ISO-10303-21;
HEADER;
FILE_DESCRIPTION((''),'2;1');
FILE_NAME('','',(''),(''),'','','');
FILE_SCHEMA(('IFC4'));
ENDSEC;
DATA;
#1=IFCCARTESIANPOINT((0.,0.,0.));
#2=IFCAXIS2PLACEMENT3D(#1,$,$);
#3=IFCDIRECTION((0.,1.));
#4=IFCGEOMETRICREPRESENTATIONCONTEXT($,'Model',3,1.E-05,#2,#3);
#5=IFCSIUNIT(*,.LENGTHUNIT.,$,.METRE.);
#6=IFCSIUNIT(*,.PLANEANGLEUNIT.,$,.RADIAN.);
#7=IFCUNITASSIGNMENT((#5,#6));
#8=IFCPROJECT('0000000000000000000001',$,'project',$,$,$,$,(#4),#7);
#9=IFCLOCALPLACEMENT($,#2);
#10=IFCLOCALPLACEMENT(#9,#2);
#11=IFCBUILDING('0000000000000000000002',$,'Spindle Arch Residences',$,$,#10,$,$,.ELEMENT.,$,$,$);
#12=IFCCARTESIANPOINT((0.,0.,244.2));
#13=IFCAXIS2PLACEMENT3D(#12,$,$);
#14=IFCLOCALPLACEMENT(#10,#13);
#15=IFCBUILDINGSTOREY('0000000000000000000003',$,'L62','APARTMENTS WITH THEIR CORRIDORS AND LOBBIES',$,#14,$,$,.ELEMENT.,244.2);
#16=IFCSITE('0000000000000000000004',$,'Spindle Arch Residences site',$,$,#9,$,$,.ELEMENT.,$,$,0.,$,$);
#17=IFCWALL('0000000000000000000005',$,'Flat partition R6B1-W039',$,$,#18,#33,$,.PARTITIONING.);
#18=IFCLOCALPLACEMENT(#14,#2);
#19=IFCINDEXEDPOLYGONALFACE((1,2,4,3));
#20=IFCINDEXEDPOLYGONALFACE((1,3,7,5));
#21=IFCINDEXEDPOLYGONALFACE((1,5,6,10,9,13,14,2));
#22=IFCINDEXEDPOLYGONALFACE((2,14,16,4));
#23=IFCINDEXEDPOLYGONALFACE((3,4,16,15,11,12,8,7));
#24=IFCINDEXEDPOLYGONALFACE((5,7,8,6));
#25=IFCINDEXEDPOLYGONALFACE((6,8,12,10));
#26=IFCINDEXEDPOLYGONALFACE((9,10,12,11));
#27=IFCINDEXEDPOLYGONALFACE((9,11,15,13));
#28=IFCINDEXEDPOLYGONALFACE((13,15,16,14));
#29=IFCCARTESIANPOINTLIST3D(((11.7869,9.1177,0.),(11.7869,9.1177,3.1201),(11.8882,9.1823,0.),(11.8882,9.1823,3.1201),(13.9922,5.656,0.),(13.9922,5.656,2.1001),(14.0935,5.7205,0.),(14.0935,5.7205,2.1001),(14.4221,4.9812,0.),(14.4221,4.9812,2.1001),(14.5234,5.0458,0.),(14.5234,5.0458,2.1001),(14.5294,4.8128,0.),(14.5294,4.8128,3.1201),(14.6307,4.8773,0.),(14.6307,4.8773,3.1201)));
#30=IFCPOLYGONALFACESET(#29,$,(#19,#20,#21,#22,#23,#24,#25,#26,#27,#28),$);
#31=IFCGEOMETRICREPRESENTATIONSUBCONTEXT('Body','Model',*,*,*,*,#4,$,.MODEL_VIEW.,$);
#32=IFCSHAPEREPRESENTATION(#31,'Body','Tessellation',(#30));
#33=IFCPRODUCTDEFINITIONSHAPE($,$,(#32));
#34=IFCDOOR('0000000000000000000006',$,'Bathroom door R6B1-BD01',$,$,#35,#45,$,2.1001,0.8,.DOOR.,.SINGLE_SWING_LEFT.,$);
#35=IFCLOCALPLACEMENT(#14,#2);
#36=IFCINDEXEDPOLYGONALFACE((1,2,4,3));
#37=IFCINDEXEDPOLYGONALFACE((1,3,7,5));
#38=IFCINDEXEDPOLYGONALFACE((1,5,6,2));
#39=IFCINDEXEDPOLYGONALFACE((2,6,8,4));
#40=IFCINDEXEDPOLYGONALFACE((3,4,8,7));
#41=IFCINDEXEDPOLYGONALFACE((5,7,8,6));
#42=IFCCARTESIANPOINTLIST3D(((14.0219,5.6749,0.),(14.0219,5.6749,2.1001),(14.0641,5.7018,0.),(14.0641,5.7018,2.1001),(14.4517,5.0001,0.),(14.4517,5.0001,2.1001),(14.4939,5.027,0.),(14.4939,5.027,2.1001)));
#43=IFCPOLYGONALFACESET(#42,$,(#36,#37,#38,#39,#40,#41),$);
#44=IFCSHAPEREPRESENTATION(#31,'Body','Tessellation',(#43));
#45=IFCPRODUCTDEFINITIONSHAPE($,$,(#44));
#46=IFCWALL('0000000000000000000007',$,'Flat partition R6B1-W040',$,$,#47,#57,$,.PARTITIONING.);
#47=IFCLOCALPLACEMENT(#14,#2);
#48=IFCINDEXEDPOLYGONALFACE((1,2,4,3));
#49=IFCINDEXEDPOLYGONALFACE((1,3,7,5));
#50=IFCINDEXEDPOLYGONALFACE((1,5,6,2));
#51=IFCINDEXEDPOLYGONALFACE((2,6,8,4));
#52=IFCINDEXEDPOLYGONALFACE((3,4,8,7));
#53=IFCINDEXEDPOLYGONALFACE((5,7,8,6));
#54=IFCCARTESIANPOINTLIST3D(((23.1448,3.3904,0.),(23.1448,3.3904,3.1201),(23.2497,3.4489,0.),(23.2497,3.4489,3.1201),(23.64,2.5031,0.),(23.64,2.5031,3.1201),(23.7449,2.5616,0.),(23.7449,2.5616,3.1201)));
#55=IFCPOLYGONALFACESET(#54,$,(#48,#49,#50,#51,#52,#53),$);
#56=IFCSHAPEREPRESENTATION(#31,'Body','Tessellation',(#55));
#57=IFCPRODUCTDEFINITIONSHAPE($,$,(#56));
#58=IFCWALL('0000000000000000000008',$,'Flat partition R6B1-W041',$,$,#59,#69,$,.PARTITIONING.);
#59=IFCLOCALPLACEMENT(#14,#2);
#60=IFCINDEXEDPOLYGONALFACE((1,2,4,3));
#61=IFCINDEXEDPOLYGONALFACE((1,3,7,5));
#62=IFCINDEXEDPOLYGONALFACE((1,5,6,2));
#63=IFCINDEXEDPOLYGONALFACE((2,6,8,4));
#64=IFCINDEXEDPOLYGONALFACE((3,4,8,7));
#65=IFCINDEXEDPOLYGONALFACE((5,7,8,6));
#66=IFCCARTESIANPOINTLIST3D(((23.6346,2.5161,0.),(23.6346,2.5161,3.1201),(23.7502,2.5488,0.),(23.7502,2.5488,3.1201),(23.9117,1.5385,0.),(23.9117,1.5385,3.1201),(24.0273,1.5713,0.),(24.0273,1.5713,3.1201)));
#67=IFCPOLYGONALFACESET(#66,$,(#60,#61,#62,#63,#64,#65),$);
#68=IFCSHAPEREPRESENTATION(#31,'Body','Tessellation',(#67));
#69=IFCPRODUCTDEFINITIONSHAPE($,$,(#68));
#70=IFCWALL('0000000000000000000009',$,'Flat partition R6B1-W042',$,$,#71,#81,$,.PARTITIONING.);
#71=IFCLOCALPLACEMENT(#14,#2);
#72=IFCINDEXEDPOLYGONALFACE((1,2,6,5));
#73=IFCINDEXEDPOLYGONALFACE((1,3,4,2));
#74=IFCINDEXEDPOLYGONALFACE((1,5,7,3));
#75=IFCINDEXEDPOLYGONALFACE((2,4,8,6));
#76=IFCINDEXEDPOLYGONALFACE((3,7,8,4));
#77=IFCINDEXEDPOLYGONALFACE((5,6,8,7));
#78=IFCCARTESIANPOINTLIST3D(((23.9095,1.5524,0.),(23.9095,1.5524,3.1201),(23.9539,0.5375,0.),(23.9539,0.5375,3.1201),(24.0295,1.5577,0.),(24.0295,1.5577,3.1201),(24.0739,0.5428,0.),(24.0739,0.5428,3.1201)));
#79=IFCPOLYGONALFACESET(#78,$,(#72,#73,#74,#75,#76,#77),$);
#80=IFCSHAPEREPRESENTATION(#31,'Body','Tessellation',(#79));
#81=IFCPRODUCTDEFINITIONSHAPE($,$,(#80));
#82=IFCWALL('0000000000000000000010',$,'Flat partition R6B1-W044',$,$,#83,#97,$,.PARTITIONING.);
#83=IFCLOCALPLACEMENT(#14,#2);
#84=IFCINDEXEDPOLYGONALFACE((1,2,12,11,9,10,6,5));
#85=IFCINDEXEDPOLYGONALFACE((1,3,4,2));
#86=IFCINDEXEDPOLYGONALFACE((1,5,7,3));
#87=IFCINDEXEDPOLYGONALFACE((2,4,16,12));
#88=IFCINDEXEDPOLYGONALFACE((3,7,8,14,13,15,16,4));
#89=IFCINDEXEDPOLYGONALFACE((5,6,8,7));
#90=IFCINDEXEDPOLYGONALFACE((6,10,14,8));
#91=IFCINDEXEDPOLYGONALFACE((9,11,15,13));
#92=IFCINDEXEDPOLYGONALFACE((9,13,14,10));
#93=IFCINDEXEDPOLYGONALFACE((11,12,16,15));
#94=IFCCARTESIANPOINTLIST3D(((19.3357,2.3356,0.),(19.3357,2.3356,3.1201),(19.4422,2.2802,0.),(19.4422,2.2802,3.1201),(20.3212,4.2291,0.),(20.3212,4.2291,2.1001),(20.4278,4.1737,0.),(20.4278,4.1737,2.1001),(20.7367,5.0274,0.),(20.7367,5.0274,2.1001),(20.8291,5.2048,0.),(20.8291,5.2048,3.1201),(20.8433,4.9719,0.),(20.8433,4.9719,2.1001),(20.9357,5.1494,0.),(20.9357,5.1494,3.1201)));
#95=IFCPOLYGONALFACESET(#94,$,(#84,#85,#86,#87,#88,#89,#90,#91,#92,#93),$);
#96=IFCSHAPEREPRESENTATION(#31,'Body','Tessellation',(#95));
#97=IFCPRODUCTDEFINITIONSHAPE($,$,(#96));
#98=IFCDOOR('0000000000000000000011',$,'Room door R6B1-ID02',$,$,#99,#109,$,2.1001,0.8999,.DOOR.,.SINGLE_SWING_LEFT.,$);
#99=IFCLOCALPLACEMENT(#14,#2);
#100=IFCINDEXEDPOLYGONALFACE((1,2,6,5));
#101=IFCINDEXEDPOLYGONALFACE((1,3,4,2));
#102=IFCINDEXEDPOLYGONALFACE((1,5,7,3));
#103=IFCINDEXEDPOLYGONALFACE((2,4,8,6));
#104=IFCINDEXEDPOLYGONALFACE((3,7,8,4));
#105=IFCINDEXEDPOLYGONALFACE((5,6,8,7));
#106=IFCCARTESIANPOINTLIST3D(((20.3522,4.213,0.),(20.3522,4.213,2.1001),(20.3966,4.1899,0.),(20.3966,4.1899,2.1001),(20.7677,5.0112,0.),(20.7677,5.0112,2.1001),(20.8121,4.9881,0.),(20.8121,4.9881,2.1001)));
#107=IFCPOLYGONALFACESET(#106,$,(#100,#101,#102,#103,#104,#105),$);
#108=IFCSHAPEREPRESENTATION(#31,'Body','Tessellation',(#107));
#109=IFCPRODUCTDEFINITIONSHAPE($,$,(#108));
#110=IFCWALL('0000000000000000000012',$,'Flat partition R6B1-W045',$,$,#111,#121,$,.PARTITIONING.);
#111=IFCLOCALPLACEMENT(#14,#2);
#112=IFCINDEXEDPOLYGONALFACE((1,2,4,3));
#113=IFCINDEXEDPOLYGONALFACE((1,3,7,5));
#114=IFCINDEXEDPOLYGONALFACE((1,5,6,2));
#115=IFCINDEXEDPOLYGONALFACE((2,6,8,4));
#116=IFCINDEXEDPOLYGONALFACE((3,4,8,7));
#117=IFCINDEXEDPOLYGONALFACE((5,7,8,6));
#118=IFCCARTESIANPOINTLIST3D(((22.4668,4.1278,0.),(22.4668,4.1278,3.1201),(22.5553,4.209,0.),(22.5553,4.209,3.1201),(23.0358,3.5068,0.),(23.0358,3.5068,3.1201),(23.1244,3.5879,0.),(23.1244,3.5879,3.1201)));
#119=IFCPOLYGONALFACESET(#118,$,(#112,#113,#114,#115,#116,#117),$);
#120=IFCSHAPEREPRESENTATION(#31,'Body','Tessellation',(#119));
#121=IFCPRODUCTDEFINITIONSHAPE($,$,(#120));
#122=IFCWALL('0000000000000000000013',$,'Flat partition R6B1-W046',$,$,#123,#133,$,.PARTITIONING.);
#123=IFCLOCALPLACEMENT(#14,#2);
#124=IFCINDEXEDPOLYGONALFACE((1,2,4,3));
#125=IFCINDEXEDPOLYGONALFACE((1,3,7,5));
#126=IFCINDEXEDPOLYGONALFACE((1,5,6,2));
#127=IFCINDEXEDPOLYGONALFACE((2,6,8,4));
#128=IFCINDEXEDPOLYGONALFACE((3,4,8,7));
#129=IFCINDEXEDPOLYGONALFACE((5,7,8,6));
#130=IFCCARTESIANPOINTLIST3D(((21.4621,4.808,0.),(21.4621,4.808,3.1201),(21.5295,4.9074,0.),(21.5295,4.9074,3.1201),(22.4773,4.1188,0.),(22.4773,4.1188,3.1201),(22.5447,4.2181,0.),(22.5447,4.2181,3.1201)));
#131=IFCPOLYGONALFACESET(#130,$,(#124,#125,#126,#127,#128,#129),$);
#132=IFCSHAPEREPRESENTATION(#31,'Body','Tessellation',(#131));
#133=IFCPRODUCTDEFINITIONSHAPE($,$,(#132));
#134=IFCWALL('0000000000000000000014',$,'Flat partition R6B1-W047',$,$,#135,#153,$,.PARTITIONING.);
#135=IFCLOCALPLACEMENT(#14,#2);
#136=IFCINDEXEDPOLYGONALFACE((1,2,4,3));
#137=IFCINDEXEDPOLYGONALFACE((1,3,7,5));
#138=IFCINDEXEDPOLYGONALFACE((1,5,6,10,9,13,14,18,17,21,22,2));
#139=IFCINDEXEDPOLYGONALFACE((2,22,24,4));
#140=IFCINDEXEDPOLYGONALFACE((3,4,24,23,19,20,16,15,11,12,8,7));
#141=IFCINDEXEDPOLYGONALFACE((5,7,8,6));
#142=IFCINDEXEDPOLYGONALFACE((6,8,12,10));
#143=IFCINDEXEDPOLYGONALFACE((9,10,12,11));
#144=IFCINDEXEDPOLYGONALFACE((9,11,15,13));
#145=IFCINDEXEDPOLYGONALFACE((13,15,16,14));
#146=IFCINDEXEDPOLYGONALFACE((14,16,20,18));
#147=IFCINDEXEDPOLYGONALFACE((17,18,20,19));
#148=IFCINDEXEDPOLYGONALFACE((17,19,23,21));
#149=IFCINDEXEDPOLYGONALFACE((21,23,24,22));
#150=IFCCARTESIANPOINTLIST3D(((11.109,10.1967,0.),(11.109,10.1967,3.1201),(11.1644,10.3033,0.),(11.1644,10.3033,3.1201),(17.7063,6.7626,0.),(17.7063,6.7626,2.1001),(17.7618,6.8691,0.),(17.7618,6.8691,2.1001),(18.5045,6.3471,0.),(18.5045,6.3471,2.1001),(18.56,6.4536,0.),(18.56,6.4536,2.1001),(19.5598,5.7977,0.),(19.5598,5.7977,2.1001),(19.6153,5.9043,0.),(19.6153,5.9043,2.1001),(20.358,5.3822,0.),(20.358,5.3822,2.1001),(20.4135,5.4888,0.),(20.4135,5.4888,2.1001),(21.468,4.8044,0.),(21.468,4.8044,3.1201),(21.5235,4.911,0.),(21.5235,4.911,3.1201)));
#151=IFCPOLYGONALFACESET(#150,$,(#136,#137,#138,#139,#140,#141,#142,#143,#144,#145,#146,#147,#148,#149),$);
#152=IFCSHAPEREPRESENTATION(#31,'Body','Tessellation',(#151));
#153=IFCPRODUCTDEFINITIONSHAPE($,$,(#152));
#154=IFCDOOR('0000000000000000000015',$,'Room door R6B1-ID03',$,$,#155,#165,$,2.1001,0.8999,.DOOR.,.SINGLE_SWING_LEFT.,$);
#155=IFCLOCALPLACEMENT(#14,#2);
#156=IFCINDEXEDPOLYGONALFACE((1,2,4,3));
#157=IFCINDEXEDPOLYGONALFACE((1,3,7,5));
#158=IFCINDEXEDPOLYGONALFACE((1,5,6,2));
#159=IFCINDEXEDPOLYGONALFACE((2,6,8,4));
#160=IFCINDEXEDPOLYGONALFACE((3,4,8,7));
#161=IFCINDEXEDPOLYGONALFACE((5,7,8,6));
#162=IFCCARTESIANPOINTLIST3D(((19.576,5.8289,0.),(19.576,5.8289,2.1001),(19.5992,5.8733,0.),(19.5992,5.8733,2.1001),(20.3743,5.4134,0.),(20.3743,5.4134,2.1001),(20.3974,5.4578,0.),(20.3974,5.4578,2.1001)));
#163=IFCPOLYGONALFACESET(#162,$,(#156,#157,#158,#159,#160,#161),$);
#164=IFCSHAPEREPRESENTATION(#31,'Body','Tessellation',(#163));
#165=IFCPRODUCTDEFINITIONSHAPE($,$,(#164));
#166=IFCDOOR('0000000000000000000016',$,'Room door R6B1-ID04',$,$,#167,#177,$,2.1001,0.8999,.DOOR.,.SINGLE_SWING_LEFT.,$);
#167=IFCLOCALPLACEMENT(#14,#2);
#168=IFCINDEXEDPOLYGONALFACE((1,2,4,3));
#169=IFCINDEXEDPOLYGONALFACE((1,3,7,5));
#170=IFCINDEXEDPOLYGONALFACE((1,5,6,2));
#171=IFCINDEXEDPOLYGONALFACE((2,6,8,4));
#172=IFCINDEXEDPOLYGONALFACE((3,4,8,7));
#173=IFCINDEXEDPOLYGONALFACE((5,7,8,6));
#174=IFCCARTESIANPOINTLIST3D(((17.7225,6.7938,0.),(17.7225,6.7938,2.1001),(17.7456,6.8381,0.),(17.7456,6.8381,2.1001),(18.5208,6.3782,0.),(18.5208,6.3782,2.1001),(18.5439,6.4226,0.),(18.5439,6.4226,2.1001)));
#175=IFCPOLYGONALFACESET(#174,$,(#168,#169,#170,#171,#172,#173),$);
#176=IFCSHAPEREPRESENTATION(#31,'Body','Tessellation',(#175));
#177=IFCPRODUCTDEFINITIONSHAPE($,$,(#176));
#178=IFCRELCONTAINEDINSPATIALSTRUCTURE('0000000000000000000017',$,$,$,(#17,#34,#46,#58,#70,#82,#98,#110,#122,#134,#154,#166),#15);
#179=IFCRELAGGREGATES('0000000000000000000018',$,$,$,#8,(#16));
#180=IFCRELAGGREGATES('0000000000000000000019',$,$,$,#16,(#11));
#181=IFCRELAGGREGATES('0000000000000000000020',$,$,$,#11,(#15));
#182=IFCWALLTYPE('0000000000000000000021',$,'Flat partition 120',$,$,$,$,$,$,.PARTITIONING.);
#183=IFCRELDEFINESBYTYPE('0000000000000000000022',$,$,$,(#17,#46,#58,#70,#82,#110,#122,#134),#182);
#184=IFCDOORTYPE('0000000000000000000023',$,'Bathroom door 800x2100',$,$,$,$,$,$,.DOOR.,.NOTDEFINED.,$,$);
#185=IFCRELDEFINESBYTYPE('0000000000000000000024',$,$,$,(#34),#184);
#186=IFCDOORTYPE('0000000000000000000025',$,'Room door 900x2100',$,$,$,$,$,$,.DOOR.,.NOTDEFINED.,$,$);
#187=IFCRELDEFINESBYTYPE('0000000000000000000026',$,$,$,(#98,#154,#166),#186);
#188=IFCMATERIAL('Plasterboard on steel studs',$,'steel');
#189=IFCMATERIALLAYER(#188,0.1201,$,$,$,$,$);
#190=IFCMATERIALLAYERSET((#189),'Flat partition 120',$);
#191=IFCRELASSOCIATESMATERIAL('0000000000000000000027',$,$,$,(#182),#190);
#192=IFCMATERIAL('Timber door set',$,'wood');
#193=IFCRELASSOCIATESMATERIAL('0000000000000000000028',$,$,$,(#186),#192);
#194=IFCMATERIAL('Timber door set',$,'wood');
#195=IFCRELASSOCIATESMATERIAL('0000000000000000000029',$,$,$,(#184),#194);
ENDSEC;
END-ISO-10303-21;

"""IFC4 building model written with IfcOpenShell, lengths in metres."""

from ifc_helpers import new_model, si_unit, direction, frame, frame_2d, origin, place, context, subcontext, project, spatial, rectangle, extrude, material, layer, layer_set, type_object, element, fill, save


model = new_model("IFC4")

# Units and contexts
model_context = context("Model", 3, precision=1e-05, world=origin(), true_north=direction((0.0, 1.0)))
body_context = subcontext(model_context, "Body", "Model", "MODEL_VIEW")
ifc_project = project(units=[si_unit("LENGTHUNIT", "METRE"), si_unit("PLANEANGLEUNIT", "RADIAN")], contexts=[model_context])

# Site, building, storey
site_placement = place(None, origin())
site = spatial("IfcSite", under=ifc_project, at=site_placement, Name="Spindle Arch Residences site", CompositionType="ELEMENT", RefElevation=0.0)
building_placement = place(site_placement, origin())
building = spatial("IfcBuilding", under=site, at=building_placement, Name="Spindle Arch Residences", CompositionType="ELEMENT")
storey_placement = place(building_placement, frame((0.0, 0.0, 244.2)))
storey = spatial("IfcBuildingStorey", under=building, at=storey_placement, Name="L62", Description="APARTMENTS WITH THEIR CORRIDORS AND LOBBIES", CompositionType="ELEMENT", Elevation=244.2)

# Shared definitions
ifc_material_1 = material(Name="Plasterboard on steel studs", Category="steel")
ifc_layer_1 = layer(ifc_material_1, 0.1201)
ifc_layer_set_1 = layer_set([ifc_layer_1], Name="Flat partition 120")
wall_type_1 = type_object("IfcWallType", Name="Flat partition 120", PredefinedType="PARTITIONING", material=ifc_layer_set_1)

# Wall, opening, door
ifc_material_2 = material(Name="Timber door set", Category="wood")
door_type_1 = type_object("IfcDoorType", Name="Room door 900x2100", OperationType="NOTDEFINED", PredefinedType="DOOR", material=ifc_material_2)
wall_1_placement = place(storey_placement, frame((14.5801, 4.845, 0.0), z_axis=(0.0, 0.0, 1.0), x_axis=(-0.537284, 0.843401, 0.0)))
wall_1 = element("IfcWall", 1, at=wall_1_placement, inside=storey, type_object=wall_type_1, Name="Flat partition R6B1-W039", PredefinedType="PARTITIONING", context=body_context, shape_type="SweptSolid", body=[
    extrude(rectangle(XDim=5.1042, YDim=0.1201, at=frame_2d((2.5522, 0.0))), origin(), (0.0, 0.0, 1.0), 3.1201),
])
opening_1_placement = place(wall_1_placement, frame((0.2, 0.0, 0.0)))
opening_1 = element("IfcOpeningElement", 2, at=opening_1_placement, cuts=wall_1, PredefinedType="OPENING", context=body_context, shape_type="SweptSolid", body=[
    extrude(rectangle(XDim=0.8, YDim=2.1001, at=frame_2d((0.3999, 1.05))), frame((0.0, 0.0701, 0.0), z_axis=(0.0, -1.0, 0.0), x_axis=(1.0, 0.0, 0.0)), (0.0, 0.0, 1.0), 0.1401),
])
ifc_material_3 = material(Name="Timber door set", Category="wood")
door_type_2 = type_object("IfcDoorType", Name="Bathroom door 800x2100", OperationType="NOTDEFINED", PredefinedType="DOOR", material=ifc_material_3)
door_1_placement = place(opening_1_placement, origin())
door_1 = element("IfcDoor", 3, at=door_1_placement, inside=storey, type_object=door_type_2, Name="Bathroom door R6B1-BD01", OperationType="SINGLE_SWING_LEFT", OverallHeight=2.1001, OverallWidth=0.8, PredefinedType="DOOR", context=body_context, shape_type="SweptSolid", body=[
    extrude(rectangle(XDim=0.8, YDim=2.1001, at=frame_2d((0.3999, 1.05))), frame((0.0, 0.0249, 0.0), z_axis=(0.0, -1.0, 0.0), x_axis=(1.0, 0.0, 0.0)), (0.0, 0.0, 1.0), 0.05),
])
fill(opening_1, door_1)

# Walls
for number, where, z_axis, x_axis, name in (
    (4, (23.1973, 3.4197, 0.0), (0.0, 0.0, 1.0), (0.487315, -0.873226, 0.0), "Flat partition R6B1-W040"),
    (5, (23.6924, 2.5325, 0.0), (0.0, 0.0, 1.0), (0.272721, -0.962093, 0.0), "Flat partition R6B1-W041"),
):
    element("IfcWall", number, at=place(storey_placement, frame(where, z_axis=z_axis, x_axis=x_axis)), inside=storey, type_object=wall_type_1, Name=name, PredefinedType="PARTITIONING", context=body_context, shape_type="SweptSolid", body=[
        extrude(rectangle(XDim=1.0161, YDim=0.1201, at=frame_2d((0.5081, 0.0))), origin(), (0.0, 0.0, 1.0), 3.1201),
    ])
wall_2_placement = place(storey_placement, frame((23.9695, 1.5549, 0.0), z_axis=(0.0, 0.0, 1.0), x_axis=(0.04374, -0.999043, 0.0)))
element("IfcWall", 6, at=wall_2_placement, inside=storey, type_object=wall_type_1, Name="Flat partition R6B1-W042", PredefinedType="PARTITIONING", context=body_context, shape_type="SweptSolid", body=[
    extrude(rectangle(XDim=1.0159, YDim=0.1201, at=frame_2d((0.5078, 0.0))), origin(), (0.0, 0.0, 1.0), 3.1201),
])

# Wall, opening, door
wall_3_placement = place(storey_placement, frame((20.8823, 5.177, 0.0), z_axis=(0.0, 0.0, 1.0), x_axis=(-0.461707, -0.887033, 0.0)))
wall_3 = element("IfcWall", 7, at=wall_3_placement, inside=storey, type_object=wall_type_1, Name="Flat partition R6B1-W044", PredefinedType="PARTITIONING", context=body_context, shape_type="SweptSolid", body=[
    extrude(rectangle(XDim=3.2346, YDim=0.1201, at=frame_2d((1.6172, 0.0))), origin(), (0.0, 0.0, 1.0), 3.1201),
])
opening_2_placement = place(wall_3_placement, frame((0.2, 0.0, 0.0)))
opening_2 = element("IfcOpeningElement", 8, at=opening_2_placement, cuts=wall_3, PredefinedType="OPENING", context=body_context, shape_type="SweptSolid", body=[
    extrude(rectangle(XDim=0.8999, YDim=2.1001, at=frame_2d((0.45, 1.05))), frame((0.0, 0.0701, 0.0), z_axis=(0.0, -1.0, 0.0), x_axis=(1.0, 0.0, 0.0)), (0.0, 0.0, 1.0), 0.1401),
])
door_2_placement = place(opening_2_placement, origin())
door_2 = element("IfcDoor", 9, at=door_2_placement, inside=storey, type_object=door_type_1, Name="Room door R6B1-ID02", OperationType="SINGLE_SWING_LEFT", OverallHeight=2.1001, OverallWidth=0.8999, PredefinedType="DOOR", context=body_context, shape_type="SweptSolid", body=[
    extrude(rectangle(XDim=0.8999, YDim=2.1001, at=frame_2d((0.45, 1.05))), frame((0.0, 0.0249, 0.0), z_axis=(0.0, -1.0, 0.0), x_axis=(1.0, 0.0, 0.0)), (0.0, 0.0, 1.0), 0.05),
])
fill(opening_2, door_2)

# Walls
wall_4_placement = place(storey_placement, frame((23.0801, 3.5474, 0.0), z_axis=(0.0, 0.0, 1.0), x_axis=(-0.675567, 0.737298, 0.0)))
element("IfcWall", 10, at=wall_4_placement, inside=storey, type_object=wall_type_1, Name="Flat partition R6B1-W045", PredefinedType="PARTITIONING", context=body_context, shape_type="SweptSolid", body=[
    extrude(rectangle(XDim=0.8423, YDim=0.1201, at=frame_2d((0.4211, 0.0))), origin(), (0.0, 0.0, 1.0), 3.1201),
])
wall_5_placement = place(storey_placement, frame((22.511, 4.1685, 0.0), z_axis=(0.0, 0.0, 1.0), x_axis=(-0.827337, 0.561706, 0.0)))
element("IfcWall", 11, at=wall_5_placement, inside=storey, type_object=wall_type_1, Name="Flat partition R6B1-W046", PredefinedType="PARTITIONING", context=body_context, shape_type="SweptSolid", body=[
    extrude(rectangle(XDim=1.2271, YDim=0.1201, at=frame_2d((0.6135, 0.0))), origin(), (0.0, 0.0, 1.0), 3.1201),
])

# Wall, openings, doors
wall_6_placement = place(storey_placement, frame((21.4958, 4.8577, 0.0), z_axis=(0.0, 0.0, 1.0), x_axis=(-0.887021, 0.461729, 0.0)))
wall_6 = element("IfcWall", 12, at=wall_6_placement, inside=storey, type_object=wall_type_1, Name="Flat partition R6B1-W047", PredefinedType="PARTITIONING", context=body_context, shape_type="SweptSolid", body=[
    extrude(rectangle(XDim=11.6785, YDim=0.1201, at=frame_2d((5.8394, 0.0))), origin(), (0.0, 0.0, 1.0), 3.1201),
])
opening_3_placement = place(wall_6_placement, frame((1.2515, 0.0, 0.0)))
opening_3 = element("IfcOpeningElement", 13, at=opening_3_placement, cuts=wall_6, PredefinedType="OPENING", context=body_context, shape_type="SweptSolid", body=[
    extrude(rectangle(XDim=0.8999, YDim=2.1001, at=frame_2d((0.45, 1.05))), frame((0.0, 0.0701, 0.0), z_axis=(0.0, -1.0, 0.0), x_axis=(1.0, 0.0, 0.0)), (0.0, 0.0, 1.0), 0.1401),
])
opening_4_placement = place(wall_6_placement, frame((3.3411, 0.0, 0.0)))
opening_4 = element("IfcOpeningElement", 14, at=opening_4_placement, cuts=wall_6, PredefinedType="OPENING", context=body_context, shape_type="SweptSolid", body=[
    extrude(rectangle(XDim=0.8999, YDim=2.1001, at=frame_2d((0.45, 1.05))), frame((0.0, 0.0701, 0.0), z_axis=(0.0, -1.0, 0.0), x_axis=(1.0, 0.0, 0.0)), (0.0, 0.0, 1.0), 0.1401),
])
door_3_placement = place(opening_3_placement, origin())
door_3 = element("IfcDoor", 15, at=door_3_placement, inside=storey, type_object=door_type_1, Name="Room door R6B1-ID03", OperationType="SINGLE_SWING_LEFT", OverallHeight=2.1001, OverallWidth=0.8999, PredefinedType="DOOR", context=body_context, shape_type="SweptSolid", body=[
    extrude(rectangle(XDim=0.8999, YDim=2.1001, at=frame_2d((0.45, 1.05))), frame((0.0, 0.0249, 0.0), z_axis=(0.0, -1.0, 0.0), x_axis=(1.0, 0.0, 0.0)), (0.0, 0.0, 1.0), 0.05),
])
fill(opening_3, door_3)
door_4_placement = place(opening_4_placement, origin())
door_4 = element("IfcDoor", 16, at=door_4_placement, inside=storey, type_object=door_type_1, Name="Room door R6B1-ID04", OperationType="SINGLE_SWING_LEFT", OverallHeight=2.1001, OverallWidth=0.8999, PredefinedType="DOOR", context=body_context, shape_type="SweptSolid", body=[
    extrude(rectangle(XDim=0.8999, YDim=2.1001, at=frame_2d((0.45, 1.05))), frame((0.0, 0.0249, 0.0), z_axis=(0.0, -1.0, 0.0), x_axis=(1.0, 0.0, 0.0)), (0.0, 0.0, 1.0), 0.05),
])
fill(opening_4, door_4)

save(model, "model.ifc")
